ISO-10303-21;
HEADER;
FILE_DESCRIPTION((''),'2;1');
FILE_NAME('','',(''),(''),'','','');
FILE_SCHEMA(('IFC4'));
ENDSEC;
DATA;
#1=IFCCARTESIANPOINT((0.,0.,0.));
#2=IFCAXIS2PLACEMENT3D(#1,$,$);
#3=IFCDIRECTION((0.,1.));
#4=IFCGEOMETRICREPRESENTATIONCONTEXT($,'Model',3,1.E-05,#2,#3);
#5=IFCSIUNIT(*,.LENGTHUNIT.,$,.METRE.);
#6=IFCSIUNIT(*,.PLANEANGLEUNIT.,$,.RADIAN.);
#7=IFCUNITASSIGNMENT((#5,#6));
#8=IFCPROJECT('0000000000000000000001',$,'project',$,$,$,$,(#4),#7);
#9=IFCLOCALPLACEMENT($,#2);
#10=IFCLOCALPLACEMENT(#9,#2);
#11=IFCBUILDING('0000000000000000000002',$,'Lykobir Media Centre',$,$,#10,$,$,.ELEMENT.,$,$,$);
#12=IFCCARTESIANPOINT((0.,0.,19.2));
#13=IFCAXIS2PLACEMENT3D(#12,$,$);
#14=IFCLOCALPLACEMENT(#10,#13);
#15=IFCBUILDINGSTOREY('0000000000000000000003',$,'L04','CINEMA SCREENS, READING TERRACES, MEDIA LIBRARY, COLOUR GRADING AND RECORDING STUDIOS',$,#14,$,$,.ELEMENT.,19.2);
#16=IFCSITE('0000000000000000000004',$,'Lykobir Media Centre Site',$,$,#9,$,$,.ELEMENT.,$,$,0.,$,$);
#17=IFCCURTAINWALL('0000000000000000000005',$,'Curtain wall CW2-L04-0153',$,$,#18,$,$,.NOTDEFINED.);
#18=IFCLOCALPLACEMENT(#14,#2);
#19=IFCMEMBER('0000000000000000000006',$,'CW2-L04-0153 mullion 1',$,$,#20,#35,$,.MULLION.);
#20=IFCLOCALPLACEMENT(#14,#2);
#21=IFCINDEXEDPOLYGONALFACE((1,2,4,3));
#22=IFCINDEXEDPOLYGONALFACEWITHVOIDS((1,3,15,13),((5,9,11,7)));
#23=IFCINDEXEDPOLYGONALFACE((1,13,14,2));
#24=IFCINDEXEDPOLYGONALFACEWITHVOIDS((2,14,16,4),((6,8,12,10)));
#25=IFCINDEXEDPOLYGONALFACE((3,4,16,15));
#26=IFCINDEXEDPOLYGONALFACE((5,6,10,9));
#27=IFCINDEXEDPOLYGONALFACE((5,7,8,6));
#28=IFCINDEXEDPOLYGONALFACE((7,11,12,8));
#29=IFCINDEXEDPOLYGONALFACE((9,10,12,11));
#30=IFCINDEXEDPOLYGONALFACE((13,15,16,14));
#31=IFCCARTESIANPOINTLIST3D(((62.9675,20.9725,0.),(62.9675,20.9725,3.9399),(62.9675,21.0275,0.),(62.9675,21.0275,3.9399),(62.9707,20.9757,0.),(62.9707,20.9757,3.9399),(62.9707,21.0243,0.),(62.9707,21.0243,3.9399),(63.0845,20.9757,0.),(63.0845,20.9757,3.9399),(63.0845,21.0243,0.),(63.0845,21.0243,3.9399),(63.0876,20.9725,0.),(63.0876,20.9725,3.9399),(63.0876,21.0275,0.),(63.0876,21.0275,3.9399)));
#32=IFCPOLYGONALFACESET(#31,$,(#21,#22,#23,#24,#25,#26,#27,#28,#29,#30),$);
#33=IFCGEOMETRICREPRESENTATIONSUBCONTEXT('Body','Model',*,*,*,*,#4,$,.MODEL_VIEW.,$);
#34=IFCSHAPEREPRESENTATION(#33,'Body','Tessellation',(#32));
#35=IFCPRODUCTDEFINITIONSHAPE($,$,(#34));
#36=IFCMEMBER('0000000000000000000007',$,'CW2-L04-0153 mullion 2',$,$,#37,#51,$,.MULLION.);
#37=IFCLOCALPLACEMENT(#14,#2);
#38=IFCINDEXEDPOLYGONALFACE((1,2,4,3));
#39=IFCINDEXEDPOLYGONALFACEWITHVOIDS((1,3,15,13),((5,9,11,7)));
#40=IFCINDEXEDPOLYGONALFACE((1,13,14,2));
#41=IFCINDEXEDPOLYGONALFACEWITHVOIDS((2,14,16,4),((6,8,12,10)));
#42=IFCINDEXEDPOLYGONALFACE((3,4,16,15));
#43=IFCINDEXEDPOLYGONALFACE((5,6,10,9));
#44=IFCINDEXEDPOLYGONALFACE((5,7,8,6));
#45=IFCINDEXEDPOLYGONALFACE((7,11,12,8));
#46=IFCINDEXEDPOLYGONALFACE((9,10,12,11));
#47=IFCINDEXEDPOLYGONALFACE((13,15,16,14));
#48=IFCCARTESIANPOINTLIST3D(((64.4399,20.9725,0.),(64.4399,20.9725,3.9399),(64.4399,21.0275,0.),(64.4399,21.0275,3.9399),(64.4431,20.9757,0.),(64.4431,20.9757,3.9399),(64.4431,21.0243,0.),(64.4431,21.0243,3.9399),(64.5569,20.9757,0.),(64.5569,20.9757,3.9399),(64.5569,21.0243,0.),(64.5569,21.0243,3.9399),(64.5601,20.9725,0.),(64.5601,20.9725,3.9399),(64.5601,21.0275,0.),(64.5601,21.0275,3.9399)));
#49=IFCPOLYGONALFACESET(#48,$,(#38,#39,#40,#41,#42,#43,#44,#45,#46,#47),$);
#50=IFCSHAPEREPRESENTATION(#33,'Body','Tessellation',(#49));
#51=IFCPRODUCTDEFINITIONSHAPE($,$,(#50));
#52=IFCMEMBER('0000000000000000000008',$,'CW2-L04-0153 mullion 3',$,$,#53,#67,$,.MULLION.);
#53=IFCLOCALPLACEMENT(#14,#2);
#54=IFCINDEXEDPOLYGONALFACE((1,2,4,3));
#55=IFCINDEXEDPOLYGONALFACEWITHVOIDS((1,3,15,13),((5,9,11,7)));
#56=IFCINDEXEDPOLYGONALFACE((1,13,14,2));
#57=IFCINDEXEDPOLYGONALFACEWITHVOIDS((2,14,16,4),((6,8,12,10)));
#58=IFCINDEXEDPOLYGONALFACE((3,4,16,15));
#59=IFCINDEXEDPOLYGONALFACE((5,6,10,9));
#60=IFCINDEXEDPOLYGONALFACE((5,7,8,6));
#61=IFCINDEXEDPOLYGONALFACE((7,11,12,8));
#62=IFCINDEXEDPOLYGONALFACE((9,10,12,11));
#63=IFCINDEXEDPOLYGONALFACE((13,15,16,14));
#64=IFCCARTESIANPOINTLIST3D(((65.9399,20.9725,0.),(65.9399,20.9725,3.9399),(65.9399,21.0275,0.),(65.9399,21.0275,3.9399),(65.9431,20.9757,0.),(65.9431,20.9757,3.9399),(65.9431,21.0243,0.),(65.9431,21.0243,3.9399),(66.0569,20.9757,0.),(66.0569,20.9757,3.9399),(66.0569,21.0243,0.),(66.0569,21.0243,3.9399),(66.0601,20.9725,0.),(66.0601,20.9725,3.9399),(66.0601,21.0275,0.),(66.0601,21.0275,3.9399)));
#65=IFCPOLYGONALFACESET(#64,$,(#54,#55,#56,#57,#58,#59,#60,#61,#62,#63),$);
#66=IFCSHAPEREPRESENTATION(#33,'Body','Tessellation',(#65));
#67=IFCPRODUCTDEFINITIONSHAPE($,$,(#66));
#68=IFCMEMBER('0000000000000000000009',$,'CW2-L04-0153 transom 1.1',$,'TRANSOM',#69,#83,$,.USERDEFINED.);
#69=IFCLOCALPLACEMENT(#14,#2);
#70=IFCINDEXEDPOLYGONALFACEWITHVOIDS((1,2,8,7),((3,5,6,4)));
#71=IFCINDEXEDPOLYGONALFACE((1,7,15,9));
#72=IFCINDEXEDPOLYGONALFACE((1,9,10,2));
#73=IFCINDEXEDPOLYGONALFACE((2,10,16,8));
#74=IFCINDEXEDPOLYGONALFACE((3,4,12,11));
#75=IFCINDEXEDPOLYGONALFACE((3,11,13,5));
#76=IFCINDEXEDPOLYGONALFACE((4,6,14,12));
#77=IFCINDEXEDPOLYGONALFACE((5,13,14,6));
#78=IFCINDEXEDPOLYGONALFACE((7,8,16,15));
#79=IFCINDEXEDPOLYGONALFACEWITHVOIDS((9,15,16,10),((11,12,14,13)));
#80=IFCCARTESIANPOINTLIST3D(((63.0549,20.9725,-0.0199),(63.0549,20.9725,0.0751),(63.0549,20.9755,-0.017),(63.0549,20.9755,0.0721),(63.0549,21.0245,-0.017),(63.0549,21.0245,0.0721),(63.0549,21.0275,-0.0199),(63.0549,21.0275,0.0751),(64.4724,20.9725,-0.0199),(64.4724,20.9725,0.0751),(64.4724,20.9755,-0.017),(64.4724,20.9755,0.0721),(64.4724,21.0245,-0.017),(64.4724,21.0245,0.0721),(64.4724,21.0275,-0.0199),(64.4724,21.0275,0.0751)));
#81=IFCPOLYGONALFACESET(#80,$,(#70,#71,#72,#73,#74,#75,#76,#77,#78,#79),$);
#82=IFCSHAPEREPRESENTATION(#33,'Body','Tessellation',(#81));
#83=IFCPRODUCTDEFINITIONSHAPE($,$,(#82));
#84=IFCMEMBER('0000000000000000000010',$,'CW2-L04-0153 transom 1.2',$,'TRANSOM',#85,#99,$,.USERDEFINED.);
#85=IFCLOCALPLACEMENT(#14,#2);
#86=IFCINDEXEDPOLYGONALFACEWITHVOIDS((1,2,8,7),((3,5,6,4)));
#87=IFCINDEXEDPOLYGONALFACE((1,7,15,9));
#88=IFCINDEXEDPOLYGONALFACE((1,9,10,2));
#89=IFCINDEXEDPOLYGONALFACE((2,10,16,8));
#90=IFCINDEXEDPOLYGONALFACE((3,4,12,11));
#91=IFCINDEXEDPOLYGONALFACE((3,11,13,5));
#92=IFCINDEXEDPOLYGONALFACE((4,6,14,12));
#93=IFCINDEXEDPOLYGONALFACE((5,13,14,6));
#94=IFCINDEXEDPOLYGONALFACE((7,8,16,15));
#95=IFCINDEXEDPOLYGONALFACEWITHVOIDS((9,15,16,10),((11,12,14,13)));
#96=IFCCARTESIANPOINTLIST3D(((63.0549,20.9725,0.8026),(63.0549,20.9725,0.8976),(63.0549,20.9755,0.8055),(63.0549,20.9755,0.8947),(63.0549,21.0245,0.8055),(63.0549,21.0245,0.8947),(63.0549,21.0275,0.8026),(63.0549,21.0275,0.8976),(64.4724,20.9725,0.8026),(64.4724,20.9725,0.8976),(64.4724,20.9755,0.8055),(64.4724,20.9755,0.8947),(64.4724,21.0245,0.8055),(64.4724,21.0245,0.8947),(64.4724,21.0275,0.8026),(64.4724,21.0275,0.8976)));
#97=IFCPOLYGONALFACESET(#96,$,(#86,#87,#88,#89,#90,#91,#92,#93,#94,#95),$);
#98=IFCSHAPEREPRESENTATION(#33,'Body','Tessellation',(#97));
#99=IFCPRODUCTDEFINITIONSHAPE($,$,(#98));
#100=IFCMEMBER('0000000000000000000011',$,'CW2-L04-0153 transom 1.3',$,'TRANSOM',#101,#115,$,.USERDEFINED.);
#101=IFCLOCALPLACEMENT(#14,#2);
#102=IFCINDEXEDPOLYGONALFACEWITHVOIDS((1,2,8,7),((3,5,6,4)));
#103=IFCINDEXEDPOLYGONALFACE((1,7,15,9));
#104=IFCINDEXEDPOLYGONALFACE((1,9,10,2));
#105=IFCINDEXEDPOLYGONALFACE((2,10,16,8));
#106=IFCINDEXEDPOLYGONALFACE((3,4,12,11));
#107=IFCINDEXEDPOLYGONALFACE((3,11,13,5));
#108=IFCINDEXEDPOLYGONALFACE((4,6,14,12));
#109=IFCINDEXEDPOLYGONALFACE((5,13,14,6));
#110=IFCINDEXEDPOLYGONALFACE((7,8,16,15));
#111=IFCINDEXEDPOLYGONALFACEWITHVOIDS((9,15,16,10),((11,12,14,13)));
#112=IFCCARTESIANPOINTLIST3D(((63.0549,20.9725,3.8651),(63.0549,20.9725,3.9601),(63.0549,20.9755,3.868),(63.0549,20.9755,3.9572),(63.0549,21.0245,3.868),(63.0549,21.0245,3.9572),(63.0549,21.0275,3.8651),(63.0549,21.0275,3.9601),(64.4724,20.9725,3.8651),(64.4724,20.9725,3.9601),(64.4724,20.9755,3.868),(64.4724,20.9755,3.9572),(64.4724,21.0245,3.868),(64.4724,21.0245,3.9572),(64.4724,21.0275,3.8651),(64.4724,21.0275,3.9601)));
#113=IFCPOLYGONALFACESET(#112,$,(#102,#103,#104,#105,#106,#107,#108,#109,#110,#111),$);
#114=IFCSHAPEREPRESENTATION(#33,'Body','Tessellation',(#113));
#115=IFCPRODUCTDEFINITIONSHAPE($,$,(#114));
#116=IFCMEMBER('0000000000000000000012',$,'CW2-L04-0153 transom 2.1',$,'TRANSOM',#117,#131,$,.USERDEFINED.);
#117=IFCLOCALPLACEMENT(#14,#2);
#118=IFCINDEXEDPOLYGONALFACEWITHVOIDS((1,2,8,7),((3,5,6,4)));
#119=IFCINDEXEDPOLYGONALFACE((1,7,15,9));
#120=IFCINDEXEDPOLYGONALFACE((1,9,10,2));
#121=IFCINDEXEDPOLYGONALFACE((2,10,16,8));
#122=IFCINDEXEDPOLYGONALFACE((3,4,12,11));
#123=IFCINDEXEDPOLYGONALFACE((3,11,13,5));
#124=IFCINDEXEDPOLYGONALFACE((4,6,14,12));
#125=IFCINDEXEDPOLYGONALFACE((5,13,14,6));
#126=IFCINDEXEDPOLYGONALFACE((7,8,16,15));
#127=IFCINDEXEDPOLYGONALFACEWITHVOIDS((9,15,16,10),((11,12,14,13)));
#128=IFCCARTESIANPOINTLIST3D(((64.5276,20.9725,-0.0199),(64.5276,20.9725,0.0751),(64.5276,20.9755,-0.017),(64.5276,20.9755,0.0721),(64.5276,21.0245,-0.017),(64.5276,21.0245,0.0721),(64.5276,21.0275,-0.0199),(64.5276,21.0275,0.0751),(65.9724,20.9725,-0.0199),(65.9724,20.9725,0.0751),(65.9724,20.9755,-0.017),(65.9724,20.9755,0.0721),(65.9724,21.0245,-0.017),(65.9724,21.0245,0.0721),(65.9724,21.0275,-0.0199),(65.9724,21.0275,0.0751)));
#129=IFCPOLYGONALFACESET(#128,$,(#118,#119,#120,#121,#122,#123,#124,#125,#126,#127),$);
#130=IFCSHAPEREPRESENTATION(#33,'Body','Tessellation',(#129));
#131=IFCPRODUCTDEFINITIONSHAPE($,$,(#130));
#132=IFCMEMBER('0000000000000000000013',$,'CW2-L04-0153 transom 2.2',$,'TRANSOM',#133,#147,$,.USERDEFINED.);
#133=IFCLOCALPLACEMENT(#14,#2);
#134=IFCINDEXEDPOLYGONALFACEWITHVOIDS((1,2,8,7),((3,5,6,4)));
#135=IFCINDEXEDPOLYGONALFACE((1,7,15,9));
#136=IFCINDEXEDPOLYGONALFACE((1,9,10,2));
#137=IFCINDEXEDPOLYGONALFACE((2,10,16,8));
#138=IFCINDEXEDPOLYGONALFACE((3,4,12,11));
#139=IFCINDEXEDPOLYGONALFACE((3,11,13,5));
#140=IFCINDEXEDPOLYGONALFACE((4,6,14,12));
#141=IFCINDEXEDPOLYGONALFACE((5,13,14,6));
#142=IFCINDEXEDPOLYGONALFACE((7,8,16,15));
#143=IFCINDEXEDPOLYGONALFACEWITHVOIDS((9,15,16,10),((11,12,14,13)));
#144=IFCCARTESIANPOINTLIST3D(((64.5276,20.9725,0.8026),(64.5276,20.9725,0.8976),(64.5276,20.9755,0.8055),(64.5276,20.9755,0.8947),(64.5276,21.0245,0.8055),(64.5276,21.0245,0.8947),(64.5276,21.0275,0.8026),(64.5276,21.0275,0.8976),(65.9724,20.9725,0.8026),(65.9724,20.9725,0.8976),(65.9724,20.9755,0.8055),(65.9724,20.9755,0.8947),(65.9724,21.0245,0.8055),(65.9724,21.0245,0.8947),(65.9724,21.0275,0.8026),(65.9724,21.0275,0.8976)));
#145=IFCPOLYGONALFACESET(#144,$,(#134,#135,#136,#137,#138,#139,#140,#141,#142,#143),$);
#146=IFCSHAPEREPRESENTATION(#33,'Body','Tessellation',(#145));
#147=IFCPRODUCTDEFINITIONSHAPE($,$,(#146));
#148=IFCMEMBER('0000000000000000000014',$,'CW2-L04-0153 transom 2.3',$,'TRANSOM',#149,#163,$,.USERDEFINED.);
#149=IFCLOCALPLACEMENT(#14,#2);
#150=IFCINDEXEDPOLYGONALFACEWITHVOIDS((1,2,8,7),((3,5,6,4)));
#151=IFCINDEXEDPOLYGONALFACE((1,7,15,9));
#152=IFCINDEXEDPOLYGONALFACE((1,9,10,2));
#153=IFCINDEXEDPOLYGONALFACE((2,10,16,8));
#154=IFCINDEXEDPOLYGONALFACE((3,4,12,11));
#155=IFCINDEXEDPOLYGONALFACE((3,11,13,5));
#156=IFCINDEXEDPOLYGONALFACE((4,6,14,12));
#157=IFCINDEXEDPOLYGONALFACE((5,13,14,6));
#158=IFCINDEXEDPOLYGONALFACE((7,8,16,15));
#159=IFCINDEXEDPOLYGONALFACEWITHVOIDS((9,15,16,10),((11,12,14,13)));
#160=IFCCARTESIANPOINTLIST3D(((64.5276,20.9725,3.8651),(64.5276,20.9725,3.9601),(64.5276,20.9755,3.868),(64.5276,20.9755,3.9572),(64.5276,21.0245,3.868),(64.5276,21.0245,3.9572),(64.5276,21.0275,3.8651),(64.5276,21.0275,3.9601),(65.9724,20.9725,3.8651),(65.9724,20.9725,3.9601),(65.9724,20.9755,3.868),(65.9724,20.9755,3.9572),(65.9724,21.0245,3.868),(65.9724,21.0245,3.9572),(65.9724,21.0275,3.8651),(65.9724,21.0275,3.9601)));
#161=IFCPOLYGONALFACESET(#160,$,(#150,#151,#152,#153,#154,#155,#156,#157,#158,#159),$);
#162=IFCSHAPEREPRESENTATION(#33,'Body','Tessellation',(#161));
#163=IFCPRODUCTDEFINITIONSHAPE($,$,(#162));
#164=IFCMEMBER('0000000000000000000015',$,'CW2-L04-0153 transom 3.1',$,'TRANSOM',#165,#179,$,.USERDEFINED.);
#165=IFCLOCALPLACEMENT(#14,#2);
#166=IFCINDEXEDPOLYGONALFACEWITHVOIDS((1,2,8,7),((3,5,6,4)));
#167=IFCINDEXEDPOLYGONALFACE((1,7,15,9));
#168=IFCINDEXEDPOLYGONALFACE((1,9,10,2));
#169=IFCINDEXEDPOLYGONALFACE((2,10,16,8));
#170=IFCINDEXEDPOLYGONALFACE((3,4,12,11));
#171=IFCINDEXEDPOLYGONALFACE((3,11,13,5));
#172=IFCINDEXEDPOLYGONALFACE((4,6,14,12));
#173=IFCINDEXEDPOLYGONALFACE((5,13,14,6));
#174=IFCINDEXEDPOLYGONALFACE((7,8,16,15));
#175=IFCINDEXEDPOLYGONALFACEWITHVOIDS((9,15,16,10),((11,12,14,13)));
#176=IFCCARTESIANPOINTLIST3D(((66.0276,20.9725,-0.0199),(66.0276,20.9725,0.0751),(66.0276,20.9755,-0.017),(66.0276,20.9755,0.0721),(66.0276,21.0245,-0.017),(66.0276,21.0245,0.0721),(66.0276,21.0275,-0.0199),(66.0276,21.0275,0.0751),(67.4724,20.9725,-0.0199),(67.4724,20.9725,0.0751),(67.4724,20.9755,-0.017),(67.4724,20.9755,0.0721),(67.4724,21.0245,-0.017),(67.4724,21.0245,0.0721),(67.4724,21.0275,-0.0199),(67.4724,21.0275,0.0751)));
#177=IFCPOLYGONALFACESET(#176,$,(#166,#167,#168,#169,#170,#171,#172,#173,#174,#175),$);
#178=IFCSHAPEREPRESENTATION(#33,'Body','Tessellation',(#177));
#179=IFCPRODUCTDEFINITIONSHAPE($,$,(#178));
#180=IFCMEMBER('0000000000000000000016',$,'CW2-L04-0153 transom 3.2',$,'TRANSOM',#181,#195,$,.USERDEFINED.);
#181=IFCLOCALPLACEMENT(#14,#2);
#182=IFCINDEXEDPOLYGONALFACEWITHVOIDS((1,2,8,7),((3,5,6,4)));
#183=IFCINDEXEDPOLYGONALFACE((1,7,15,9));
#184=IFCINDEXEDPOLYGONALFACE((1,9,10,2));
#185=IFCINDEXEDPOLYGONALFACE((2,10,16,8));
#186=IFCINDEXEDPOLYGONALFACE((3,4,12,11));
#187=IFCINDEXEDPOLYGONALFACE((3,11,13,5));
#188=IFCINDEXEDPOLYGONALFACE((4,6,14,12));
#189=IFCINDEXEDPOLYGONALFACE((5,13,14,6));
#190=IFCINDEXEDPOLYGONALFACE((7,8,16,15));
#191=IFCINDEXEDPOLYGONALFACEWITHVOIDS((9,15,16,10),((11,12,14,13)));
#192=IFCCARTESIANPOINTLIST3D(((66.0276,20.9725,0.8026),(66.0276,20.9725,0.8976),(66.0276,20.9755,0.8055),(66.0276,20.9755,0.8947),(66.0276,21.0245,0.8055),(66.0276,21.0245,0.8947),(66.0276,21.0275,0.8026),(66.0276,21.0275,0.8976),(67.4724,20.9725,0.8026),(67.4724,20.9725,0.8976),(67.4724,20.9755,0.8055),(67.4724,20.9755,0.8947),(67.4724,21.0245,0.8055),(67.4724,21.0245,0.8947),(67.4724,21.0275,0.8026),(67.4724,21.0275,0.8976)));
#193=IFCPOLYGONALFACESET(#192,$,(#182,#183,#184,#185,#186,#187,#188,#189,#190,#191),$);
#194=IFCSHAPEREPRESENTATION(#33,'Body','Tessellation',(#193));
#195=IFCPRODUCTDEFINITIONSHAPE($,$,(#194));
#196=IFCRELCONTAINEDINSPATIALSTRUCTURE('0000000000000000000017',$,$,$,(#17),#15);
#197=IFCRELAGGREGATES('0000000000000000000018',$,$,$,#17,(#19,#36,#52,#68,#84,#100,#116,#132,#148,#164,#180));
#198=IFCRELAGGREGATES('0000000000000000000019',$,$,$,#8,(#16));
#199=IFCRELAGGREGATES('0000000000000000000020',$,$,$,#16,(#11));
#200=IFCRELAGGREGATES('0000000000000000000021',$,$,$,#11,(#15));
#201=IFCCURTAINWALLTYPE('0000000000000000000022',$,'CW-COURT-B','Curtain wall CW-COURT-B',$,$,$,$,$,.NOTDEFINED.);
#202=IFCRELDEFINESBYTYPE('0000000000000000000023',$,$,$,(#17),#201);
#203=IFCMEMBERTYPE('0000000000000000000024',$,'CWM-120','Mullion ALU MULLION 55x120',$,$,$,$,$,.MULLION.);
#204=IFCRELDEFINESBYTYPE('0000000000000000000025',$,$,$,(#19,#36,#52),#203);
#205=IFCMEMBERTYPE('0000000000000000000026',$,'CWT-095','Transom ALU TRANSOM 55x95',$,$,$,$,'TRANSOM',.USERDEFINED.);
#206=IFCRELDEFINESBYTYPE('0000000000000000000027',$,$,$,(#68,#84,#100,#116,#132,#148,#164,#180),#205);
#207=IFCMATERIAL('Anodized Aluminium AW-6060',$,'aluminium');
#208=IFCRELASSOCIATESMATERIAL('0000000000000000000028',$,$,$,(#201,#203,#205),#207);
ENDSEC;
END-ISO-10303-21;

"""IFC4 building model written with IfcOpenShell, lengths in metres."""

from ifc_helpers import new_model, si_unit, direction, frame, origin, origin_2d, place, context, subcontext, project, spatial, hollow_rectangle, extrude, material, material_profile, profile_set, type_object, element, aggregate, save


model = new_model("IFC4")

# Units and contexts
model_context = context("Model", 3, precision=1e-05, world=origin(), true_north=direction((0.0, 1.0)))
body_context = subcontext(model_context, "Body", "Model", "MODEL_VIEW")
ifc_project = project(units=[si_unit("LENGTHUNIT", "METRE"), si_unit("PLANEANGLEUNIT", "RADIAN")], contexts=[model_context])

# Site, building, storey
site_placement = place(None, origin())
site = spatial("IfcSite", under=ifc_project, at=site_placement, Name="Lykobir Media Centre Site", CompositionType="ELEMENT", RefElevation=0.0)
building_placement = place(site_placement, origin())
building = spatial("IfcBuilding", under=site, at=building_placement, Name="Lykobir Media Centre", CompositionType="ELEMENT")
storey_placement = place(building_placement, frame((0.0, 0.0, 19.2)))
storey = spatial("IfcBuildingStorey", under=building, at=storey_placement, Name="L04", Description="CINEMA SCREENS, READING TERRACES, MEDIA LIBRARY, COLOUR GRADING AND RECORDING STUDIOS", CompositionType="ELEMENT", Elevation=19.2)

# Curtain wall, members
ifc_material_1 = material(Name="Anodized Aluminium AW-6060", Category="aluminium")
curtain_wall_type = type_object("IfcCurtainWallType", Name="CW-COURT-B", Description="Curtain wall CW-COURT-B", PredefinedType="NOTDEFINED", material=ifc_material_1)
curtain_wall_placement = place(storey_placement, origin())
curtain_wall = element("IfcCurtainWall", 1, at=curtain_wall_placement, inside=storey, type_object=curtain_wall_type, Name="Curtain wall CW2-L04-0153", PredefinedType="NOTDEFINED")
ifc_material_profile_1 = material_profile(ifc_material_1, hollow_rectangle(XDim=0.0549, YDim=0.1201, WallThickness=0.0032, at=origin_2d()), Name="ALU MULLION 55x120")
ifc_profile_set_1 = profile_set([ifc_material_profile_1], Name="Anodized Aluminium AW-6060")
member_type_1 = type_object("IfcMemberType", Name="CWM-120", Description="Mullion ALU MULLION 55x120", PredefinedType="MULLION", material=ifc_profile_set_1)
member_1_placement = place(storey_placement, frame((63.0276, 21.0, 0.0), z_axis=(0.0, 0.0, 1.0), x_axis=(0.0, 1.0, 0.0)))
member_1 = element("IfcMember", 2, at=member_1_placement, type_object=member_type_1, Name="CW2-L04-0153 mullion 1", PredefinedType="MULLION", context=body_context, shape_type="SweptSolid", body=[
    extrude(hollow_rectangle(XDim=0.0549, YDim=0.1201, WallThickness=0.0032, at=origin_2d()), origin(), (0.0, 0.0, 1.0), 3.9399),
])
member_2_placement = place(storey_placement, frame((64.5, 21.0, 0.0), z_axis=(0.0, 0.0, 1.0), x_axis=(0.0, 1.0, 0.0)))
member_2 = element("IfcMember", 3, at=member_2_placement, type_object=member_type_1, Name="CW2-L04-0153 mullion 2", PredefinedType="MULLION", context=body_context, shape_type="SweptSolid", body=[
    extrude(hollow_rectangle(XDim=0.0549, YDim=0.1201, WallThickness=0.0032, at=origin_2d()), origin(), (0.0, 0.0, 1.0), 3.9399),
])
member_3_placement = place(storey_placement, frame((66.0, 21.0, 0.0), z_axis=(0.0, 0.0, 1.0), x_axis=(0.0, 1.0, 0.0)))
member_3 = element("IfcMember", 4, at=member_3_placement, type_object=member_type_1, Name="CW2-L04-0153 mullion 3", PredefinedType="MULLION", context=body_context, shape_type="SweptSolid", body=[
    extrude(hollow_rectangle(XDim=0.0549, YDim=0.1201, WallThickness=0.0032, at=origin_2d()), origin(), (0.0, 0.0, 1.0), 3.9399),
])
ifc_material_profile_2 = material_profile(ifc_material_1, hollow_rectangle(XDim=0.0549, YDim=0.095, WallThickness=0.0029, at=origin_2d()), Name="ALU TRANSOM 55x95")
ifc_profile_set_2 = profile_set([ifc_material_profile_2], Name="Anodized Aluminium AW-6060")
member_type_2 = type_object("IfcMemberType", Name="CWT-095", Description="Transom ALU TRANSOM 55x95", ElementType="TRANSOM", PredefinedType="USERDEFINED", material=ifc_profile_set_2)
member_4_placement = place(storey_placement, frame((63.0549, 21.0, 0.0276), z_axis=(1.0, 0.0, 0.0), x_axis=(0.0, 1.0, 0.0)))
member_4 = element("IfcMember", 5, at=member_4_placement, type_object=member_type_2, Name="CW2-L04-0153 transom 1.1", ObjectType="TRANSOM", PredefinedType="USERDEFINED", context=body_context, shape_type="SweptSolid", body=[
    extrude(hollow_rectangle(XDim=0.0549, YDim=0.095, WallThickness=0.0029, at=origin_2d()), origin(), (0.0, 0.0, 1.0), 1.4175),
])
member_5_placement = place(storey_placement, frame((63.0549, 21.0, 0.8501), z_axis=(1.0, 0.0, 0.0), x_axis=(0.0, 1.0, 0.0)))
member_5 = element("IfcMember", 6, at=member_5_placement, type_object=member_type_2, Name="CW2-L04-0153 transom 1.2", ObjectType="TRANSOM", PredefinedType="USERDEFINED", context=body_context, shape_type="SweptSolid", body=[
    extrude(hollow_rectangle(XDim=0.0549, YDim=0.095, WallThickness=0.0029, at=origin_2d()), origin(), (0.0, 0.0, 1.0), 1.4175),
])
member_6_placement = place(storey_placement, frame((63.0549, 21.0, 3.9126), z_axis=(1.0, 0.0, 0.0), x_axis=(0.0, 1.0, 0.0)))
member_6 = element("IfcMember", 7, at=member_6_placement, type_object=member_type_2, Name="CW2-L04-0153 transom 1.3", ObjectType="TRANSOM", PredefinedType="USERDEFINED", context=body_context, shape_type="SweptSolid", body=[
    extrude(hollow_rectangle(XDim=0.0549, YDim=0.095, WallThickness=0.0029, at=origin_2d()), origin(), (0.0, 0.0, 1.0), 1.4175),
])
member_7_placement = place(storey_placement, frame((64.5276, 21.0, 0.0276), z_axis=(1.0, 0.0, 0.0), x_axis=(0.0, 1.0, 0.0)))
member_7 = element("IfcMember", 8, at=member_7_placement, type_object=member_type_2, Name="CW2-L04-0153 transom 2.1", ObjectType="TRANSOM", PredefinedType="USERDEFINED", context=body_context, shape_type="SweptSolid", body=[
    extrude(hollow_rectangle(XDim=0.0549, YDim=0.095, WallThickness=0.0029, at=origin_2d()), origin(), (0.0, 0.0, 1.0), 1.4448),
])
member_8_placement = place(storey_placement, frame((64.5276, 21.0, 0.8501), z_axis=(1.0, 0.0, 0.0), x_axis=(0.0, 1.0, 0.0)))
member_8 = element("IfcMember", 9, at=member_8_placement, type_object=member_type_2, Name="CW2-L04-0153 transom 2.2", ObjectType="TRANSOM", PredefinedType="USERDEFINED", context=body_context, shape_type="SweptSolid", body=[
    extrude(hollow_rectangle(XDim=0.0549, YDim=0.095, WallThickness=0.0029, at=origin_2d()), origin(), (0.0, 0.0, 1.0), 1.4448),
])
member_9_placement = place(storey_placement, frame((64.5276, 21.0, 3.9126), z_axis=(1.0, 0.0, 0.0), x_axis=(0.0, 1.0, 0.0)))
member_9 = element("IfcMember", 10, at=member_9_placement, type_object=member_type_2, Name="CW2-L04-0153 transom 2.3", ObjectType="TRANSOM", PredefinedType="USERDEFINED", context=body_context, shape_type="SweptSolid", body=[
    extrude(hollow_rectangle(XDim=0.0549, YDim=0.095, WallThickness=0.0029, at=origin_2d()), origin(), (0.0, 0.0, 1.0), 1.4448),
])
member_10_placement = place(storey_placement, frame((66.0276, 21.0, 0.0276), z_axis=(1.0, 0.0, 0.0), x_axis=(0.0, 1.0, 0.0)))
member_10 = element("IfcMember", 11, at=member_10_placement, type_object=member_type_2, Name="CW2-L04-0153 transom 3.1", ObjectType="TRANSOM", PredefinedType="USERDEFINED", context=body_context, shape_type="SweptSolid", body=[
    extrude(hollow_rectangle(XDim=0.0549, YDim=0.095, WallThickness=0.0029, at=origin_2d()), origin(), (0.0, 0.0, 1.0), 1.4448),
])
member_11_placement = place(storey_placement, frame((66.0276, 21.0, 0.8501), z_axis=(1.0, 0.0, 0.0), x_axis=(0.0, 1.0, 0.0)))
member_11 = element("IfcMember", 12, at=member_11_placement, type_object=member_type_2, Name="CW2-L04-0153 transom 3.2", ObjectType="TRANSOM", PredefinedType="USERDEFINED", context=body_context, shape_type="SweptSolid", body=[
    extrude(hollow_rectangle(XDim=0.0549, YDim=0.095, WallThickness=0.0029, at=origin_2d()), origin(), (0.0, 0.0, 1.0), 1.4448),
])

aggregate(curtain_wall, [member_1, member_2, member_3, member_4, member_5, member_6, member_7, member_8, member_9, member_10, member_11])

save(model, "model.ifc")
